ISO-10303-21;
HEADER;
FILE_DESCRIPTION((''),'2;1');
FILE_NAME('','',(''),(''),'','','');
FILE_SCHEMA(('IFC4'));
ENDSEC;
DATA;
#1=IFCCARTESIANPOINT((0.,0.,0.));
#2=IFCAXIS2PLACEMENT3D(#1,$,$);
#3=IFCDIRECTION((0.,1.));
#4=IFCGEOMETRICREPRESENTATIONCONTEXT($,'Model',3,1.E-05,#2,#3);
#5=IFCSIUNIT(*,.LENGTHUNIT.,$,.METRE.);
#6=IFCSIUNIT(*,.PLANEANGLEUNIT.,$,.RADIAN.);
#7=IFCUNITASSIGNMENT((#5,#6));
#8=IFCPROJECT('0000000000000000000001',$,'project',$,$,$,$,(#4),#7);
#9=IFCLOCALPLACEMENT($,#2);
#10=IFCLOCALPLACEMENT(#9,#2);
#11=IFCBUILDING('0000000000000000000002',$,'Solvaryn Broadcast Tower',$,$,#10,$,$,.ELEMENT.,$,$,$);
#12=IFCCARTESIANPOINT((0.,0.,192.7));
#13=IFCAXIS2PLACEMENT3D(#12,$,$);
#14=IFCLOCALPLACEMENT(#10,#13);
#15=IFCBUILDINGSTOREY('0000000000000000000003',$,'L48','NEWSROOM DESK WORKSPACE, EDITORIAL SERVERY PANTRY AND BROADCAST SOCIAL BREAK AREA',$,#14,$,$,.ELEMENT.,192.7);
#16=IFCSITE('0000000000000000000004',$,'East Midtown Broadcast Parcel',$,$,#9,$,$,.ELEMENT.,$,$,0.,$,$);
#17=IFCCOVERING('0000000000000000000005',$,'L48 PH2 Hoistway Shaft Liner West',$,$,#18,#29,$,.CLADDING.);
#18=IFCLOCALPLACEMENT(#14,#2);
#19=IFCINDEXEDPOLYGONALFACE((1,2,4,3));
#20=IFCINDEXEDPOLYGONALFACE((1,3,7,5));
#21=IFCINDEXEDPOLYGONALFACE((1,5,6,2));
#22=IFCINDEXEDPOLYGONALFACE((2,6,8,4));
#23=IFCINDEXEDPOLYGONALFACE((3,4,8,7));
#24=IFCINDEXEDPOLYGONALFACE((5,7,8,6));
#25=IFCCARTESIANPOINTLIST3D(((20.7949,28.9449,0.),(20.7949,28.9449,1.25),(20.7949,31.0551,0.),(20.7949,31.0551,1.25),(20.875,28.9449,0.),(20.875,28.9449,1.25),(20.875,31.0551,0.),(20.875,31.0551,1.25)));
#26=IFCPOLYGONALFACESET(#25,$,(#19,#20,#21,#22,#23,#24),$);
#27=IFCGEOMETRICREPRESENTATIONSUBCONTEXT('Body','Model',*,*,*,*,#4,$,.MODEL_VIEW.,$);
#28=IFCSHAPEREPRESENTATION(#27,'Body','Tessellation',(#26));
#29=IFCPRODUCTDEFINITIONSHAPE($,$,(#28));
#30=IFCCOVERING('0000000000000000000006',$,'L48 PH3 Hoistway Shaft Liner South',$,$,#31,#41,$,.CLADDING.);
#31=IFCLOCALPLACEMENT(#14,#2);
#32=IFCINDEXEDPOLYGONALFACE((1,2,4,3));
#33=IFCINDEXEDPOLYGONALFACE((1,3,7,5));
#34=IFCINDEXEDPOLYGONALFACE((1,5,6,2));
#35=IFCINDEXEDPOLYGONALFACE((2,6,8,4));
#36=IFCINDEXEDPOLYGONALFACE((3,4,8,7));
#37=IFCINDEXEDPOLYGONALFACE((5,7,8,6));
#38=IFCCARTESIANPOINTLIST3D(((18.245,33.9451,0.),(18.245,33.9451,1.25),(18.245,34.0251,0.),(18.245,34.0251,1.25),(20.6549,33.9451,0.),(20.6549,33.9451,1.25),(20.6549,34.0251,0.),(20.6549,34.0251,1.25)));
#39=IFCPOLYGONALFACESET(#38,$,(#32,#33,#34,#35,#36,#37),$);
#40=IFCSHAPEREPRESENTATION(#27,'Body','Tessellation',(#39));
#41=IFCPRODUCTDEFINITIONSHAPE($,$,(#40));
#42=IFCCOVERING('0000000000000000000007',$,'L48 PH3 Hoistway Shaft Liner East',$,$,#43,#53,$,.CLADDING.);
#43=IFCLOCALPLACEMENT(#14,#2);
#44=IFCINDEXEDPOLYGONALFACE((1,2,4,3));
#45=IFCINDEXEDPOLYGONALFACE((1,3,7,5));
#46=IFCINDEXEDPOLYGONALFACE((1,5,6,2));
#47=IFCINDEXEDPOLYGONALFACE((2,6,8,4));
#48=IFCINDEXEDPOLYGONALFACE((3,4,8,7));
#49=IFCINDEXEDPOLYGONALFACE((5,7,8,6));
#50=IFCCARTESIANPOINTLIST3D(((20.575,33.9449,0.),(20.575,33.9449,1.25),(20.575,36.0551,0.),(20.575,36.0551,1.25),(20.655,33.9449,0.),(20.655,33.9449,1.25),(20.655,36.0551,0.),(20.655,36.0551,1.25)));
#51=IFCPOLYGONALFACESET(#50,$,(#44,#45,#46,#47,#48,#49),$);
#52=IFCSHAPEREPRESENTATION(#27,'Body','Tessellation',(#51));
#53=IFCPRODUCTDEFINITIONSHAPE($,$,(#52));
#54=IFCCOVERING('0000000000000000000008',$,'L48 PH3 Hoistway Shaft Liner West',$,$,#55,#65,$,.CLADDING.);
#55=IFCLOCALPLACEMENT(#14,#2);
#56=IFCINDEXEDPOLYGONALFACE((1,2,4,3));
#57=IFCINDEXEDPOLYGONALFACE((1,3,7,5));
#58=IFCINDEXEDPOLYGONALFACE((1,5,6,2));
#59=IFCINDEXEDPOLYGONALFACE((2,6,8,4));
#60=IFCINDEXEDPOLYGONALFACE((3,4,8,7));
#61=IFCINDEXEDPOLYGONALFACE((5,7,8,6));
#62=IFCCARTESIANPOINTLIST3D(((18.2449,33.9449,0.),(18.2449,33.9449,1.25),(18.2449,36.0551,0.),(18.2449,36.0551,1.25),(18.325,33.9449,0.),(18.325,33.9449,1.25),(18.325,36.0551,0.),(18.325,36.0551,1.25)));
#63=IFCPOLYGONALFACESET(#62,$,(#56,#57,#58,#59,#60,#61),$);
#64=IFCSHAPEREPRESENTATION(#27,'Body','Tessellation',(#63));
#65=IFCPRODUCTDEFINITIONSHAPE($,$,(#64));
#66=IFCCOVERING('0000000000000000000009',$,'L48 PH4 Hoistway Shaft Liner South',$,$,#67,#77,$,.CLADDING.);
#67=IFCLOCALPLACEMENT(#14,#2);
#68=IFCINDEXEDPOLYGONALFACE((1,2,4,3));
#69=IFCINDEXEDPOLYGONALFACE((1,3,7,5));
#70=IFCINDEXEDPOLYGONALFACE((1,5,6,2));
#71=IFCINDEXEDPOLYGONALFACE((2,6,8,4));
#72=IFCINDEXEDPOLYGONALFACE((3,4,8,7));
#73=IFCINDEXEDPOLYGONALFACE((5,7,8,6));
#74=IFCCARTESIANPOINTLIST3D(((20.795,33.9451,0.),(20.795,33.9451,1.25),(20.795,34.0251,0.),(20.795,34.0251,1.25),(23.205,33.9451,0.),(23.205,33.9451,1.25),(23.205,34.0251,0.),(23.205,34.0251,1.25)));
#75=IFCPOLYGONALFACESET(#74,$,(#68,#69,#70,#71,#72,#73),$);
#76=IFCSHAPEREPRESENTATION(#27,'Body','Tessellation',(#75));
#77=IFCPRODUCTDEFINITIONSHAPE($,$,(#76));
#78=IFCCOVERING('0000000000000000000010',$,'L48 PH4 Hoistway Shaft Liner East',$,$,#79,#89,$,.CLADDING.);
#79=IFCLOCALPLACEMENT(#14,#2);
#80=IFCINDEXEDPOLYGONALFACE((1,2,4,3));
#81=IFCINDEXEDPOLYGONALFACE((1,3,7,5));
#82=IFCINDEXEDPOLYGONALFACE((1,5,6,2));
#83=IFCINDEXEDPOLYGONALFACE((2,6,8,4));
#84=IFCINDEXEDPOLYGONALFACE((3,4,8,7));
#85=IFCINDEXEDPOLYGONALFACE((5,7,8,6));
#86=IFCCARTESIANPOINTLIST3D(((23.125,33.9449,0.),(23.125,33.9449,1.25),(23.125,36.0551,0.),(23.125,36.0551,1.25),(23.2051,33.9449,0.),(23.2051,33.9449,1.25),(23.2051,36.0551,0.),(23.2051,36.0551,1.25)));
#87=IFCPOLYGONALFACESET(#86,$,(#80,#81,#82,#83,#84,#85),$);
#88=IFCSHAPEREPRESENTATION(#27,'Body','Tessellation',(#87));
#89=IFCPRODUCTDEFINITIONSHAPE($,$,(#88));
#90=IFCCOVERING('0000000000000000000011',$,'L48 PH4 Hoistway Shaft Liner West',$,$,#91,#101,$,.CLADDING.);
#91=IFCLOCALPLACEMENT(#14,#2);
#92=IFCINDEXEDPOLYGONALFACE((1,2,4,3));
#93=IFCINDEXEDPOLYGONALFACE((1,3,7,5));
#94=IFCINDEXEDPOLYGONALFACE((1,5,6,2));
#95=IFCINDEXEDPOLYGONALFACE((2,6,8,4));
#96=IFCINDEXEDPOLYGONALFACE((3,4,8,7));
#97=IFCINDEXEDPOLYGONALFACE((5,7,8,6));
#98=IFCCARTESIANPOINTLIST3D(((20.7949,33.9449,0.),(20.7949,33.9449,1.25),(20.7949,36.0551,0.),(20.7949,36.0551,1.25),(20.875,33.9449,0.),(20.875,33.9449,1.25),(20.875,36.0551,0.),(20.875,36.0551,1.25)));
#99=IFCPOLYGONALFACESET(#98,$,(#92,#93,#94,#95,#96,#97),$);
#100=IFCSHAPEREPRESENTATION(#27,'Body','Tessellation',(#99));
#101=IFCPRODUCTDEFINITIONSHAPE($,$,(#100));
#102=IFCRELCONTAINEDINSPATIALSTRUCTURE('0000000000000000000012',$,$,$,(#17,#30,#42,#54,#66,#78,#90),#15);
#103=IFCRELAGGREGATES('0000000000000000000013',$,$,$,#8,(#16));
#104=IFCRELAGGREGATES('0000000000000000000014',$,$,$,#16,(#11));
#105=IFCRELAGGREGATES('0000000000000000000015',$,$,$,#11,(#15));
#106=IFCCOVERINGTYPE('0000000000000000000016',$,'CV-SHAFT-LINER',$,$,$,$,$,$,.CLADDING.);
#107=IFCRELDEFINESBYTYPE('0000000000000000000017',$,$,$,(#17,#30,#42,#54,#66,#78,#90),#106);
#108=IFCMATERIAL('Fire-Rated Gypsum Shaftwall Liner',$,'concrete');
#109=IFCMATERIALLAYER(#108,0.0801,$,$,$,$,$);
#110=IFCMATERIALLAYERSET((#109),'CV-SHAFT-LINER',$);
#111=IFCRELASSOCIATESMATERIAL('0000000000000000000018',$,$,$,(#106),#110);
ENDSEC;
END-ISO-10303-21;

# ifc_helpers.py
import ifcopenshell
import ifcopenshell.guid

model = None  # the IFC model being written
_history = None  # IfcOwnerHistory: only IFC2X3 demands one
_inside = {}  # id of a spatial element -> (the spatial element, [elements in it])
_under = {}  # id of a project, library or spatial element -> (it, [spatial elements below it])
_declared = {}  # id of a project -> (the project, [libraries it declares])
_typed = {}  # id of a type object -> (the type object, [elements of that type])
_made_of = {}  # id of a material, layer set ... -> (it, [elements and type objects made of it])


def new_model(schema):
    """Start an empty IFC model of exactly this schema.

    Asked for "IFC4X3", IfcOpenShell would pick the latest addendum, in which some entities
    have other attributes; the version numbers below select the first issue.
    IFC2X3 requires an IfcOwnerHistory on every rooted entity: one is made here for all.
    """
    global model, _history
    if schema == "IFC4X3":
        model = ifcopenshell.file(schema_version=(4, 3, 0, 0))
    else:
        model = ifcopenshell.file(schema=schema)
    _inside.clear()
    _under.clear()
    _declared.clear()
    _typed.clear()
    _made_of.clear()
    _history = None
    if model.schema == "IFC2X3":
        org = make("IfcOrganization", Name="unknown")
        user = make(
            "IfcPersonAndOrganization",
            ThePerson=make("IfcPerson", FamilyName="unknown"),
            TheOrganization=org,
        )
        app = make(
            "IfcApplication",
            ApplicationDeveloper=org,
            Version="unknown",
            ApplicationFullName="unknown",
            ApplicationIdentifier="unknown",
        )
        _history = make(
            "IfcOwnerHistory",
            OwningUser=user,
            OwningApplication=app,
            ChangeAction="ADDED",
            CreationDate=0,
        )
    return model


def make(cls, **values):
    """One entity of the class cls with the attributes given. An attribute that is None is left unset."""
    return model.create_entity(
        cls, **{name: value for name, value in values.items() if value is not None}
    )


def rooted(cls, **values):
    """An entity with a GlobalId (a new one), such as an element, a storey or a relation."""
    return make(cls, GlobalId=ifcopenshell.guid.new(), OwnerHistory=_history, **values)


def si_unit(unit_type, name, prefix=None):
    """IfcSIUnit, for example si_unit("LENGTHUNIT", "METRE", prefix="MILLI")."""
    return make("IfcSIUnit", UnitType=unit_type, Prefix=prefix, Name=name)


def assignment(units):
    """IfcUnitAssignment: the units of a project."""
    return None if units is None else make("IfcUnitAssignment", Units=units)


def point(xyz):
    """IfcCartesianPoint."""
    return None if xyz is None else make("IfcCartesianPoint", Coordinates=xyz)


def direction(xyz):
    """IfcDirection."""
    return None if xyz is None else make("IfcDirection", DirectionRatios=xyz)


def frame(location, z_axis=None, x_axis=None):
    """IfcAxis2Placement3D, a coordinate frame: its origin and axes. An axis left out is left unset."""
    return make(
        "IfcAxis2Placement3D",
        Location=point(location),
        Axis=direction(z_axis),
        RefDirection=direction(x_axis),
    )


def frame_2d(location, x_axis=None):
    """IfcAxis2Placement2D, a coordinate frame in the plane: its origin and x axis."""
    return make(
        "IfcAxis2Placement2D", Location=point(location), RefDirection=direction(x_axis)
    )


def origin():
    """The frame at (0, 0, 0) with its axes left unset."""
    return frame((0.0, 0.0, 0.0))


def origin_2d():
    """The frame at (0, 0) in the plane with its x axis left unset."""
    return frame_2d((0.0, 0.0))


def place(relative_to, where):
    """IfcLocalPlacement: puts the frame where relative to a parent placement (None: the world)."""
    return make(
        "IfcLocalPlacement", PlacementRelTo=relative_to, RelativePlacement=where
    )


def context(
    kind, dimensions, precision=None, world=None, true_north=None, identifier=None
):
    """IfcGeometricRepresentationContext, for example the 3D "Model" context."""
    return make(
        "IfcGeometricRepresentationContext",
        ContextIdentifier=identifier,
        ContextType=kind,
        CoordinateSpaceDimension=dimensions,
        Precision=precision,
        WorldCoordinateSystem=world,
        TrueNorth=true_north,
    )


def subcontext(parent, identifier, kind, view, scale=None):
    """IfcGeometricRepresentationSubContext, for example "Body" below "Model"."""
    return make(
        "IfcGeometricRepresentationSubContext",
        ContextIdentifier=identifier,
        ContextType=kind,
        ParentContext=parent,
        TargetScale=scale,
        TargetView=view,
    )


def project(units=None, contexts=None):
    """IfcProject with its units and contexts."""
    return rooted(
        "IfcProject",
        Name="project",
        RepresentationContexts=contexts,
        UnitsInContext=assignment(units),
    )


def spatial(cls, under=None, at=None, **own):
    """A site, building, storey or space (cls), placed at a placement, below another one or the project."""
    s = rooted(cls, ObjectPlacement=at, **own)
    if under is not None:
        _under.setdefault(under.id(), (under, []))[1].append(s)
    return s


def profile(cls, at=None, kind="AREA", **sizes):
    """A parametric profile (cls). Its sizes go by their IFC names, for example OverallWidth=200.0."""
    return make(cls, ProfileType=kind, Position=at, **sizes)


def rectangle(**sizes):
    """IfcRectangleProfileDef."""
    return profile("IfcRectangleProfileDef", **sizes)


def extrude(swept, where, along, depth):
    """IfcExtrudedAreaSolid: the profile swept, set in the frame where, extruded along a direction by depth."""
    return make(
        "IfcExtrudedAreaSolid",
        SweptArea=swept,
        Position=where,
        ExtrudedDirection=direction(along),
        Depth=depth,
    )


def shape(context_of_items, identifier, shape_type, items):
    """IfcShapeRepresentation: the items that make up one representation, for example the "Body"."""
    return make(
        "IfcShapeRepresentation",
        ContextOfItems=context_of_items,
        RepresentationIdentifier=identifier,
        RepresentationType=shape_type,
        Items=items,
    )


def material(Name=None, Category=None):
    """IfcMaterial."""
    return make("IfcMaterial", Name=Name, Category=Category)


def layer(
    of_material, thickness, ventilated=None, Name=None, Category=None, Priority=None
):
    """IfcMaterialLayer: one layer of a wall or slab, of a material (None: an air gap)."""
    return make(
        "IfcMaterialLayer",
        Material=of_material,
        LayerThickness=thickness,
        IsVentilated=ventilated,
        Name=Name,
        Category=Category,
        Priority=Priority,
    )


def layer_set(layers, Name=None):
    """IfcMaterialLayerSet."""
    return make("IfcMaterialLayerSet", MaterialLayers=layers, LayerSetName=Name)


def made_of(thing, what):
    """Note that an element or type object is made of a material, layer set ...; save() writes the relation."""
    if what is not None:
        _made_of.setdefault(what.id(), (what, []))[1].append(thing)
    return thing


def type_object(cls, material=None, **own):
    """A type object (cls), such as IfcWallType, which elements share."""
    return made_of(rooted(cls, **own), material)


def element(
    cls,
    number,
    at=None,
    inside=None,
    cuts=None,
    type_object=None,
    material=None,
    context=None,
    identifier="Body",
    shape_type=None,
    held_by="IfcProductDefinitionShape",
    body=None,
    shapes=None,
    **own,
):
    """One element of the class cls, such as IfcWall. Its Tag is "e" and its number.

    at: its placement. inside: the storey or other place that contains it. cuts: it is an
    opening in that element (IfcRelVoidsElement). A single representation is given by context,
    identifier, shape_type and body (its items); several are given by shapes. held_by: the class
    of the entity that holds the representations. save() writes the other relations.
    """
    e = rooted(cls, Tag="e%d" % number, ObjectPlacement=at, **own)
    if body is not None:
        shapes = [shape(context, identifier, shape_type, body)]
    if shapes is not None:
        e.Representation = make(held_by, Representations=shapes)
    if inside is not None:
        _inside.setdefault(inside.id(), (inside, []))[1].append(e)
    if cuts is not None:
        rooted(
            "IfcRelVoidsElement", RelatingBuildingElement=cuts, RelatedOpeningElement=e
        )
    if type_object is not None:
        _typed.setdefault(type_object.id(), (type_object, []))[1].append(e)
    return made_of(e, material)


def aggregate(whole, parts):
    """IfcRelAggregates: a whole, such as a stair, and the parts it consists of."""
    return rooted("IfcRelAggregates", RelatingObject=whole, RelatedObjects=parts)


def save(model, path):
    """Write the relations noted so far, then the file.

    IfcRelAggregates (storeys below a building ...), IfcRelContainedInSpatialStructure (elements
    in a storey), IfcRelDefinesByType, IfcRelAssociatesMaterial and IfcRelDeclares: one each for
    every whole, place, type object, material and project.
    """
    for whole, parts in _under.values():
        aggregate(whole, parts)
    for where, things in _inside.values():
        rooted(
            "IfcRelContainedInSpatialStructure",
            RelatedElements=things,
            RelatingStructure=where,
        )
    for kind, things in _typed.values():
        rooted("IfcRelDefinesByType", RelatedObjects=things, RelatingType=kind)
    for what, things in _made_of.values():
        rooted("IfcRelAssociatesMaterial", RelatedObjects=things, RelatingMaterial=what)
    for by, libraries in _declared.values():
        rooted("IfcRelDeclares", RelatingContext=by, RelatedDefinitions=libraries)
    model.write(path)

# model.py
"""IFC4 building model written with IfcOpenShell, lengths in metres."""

from ifc_helpers import new_model, si_unit, direction, frame, origin, origin_2d, place, context, subcontext, project, spatial, rectangle, extrude, material, layer, layer_set, type_object, element, save


model = new_model("IFC4")

# Units and contexts
model_context = context("Model", 3, precision=1e-05, world=origin(), true_north=direction((0.0, 1.0)))
body_context = subcontext(model_context, "Body", "Model", "MODEL_VIEW")
ifc_project = project(units=[si_unit("LENGTHUNIT", "METRE"), si_unit("PLANEANGLEUNIT", "RADIAN")], contexts=[model_context])

# Site, building, storey
site_placement = place(None, origin())
site = spatial("IfcSite", under=ifc_project, at=site_placement, Name="East Midtown Broadcast Parcel", CompositionType="ELEMENT", RefElevation=0.0)
building_placement = place(site_placement, origin())
building = spatial("IfcBuilding", under=site, at=building_placement, Name="Solvaryn Broadcast Tower", CompositionType="ELEMENT")
storey_placement = place(building_placement, frame((0.0, 0.0, 192.7)))
storey = spatial("IfcBuildingStorey", under=building, at=storey_placement, Name="L48", Description="NEWSROOM DESK WORKSPACE, EDITORIAL SERVERY PANTRY AND BROADCAST SOCIAL BREAK AREA", CompositionType="ELEMENT", Elevation=192.7)

# Coverings
ifc_material_1 = material(Name="Fire-Rated Gypsum Shaftwall Liner", Category="concrete")
ifc_layer_1 = layer(ifc_material_1, 0.0801)
ifc_layer_set_1 = layer_set([ifc_layer_1], Name="CV-SHAFT-LINER")
covering_type = type_object("IfcCoveringType", Name="CV-SHAFT-LINER", PredefinedType="CLADDING", material=ifc_layer_set_1)
for number, where, z_axis, x_axis, name in (
    (1, (20.835, 30.0, 0.0), (0.0, 0.0, 1.0), (1.0, 0.0, 0.0), "L48 PH2 Hoistway Shaft Liner West"),
):
    element("IfcCovering", number, at=place(storey_placement, frame(where, z_axis=z_axis, x_axis=x_axis)), inside=storey, type_object=covering_type, Name=name, PredefinedType="CLADDING", context=body_context, shape_type="SweptSolid", body=[
        extrude(rectangle(XDim=0.0801, YDim=2.1101, at=origin_2d()), origin(), (0.0, 0.0, 1.0), 1.25),
    ])
covering_1_placement = place(storey_placement, frame((19.45, 33.9851, 0.0), z_axis=(0.0, 0.0, 1.0), x_axis=(1.0, 0.0, 0.0)))
element("IfcCovering", 2, at=covering_1_placement, inside=storey, type_object=covering_type, Name="L48 PH3 Hoistway Shaft Liner South", PredefinedType="CLADDING", context=body_context, shape_type="SweptSolid", body=[
    extrude(rectangle(XDim=2.4099, YDim=0.0801, at=origin_2d()), origin(), (0.0, 0.0, 1.0), 1.25),
])
for number, where, z_axis, x_axis, name in (
    (3, (20.615, 35.0, 0.0), (0.0, 0.0, 1.0), (1.0, 0.0, 0.0), "L48 PH3 Hoistway Shaft Liner East"),
    (4, (18.2849, 35.0, 0.0), (0.0, 0.0, 1.0), (1.0, 0.0, 0.0), "L48 PH3 Hoistway Shaft Liner West"),
):
    element("IfcCovering", number, at=place(storey_placement, frame(where, z_axis=z_axis, x_axis=x_axis)), inside=storey, type_object=covering_type, Name=name, PredefinedType="CLADDING", context=body_context, shape_type="SweptSolid", body=[
        extrude(rectangle(XDim=0.0801, YDim=2.1101, at=origin_2d()), origin(), (0.0, 0.0, 1.0), 1.25),
    ])
covering_2_placement = place(storey_placement, frame((22.0, 33.9851, 0.0), z_axis=(0.0, 0.0, 1.0), x_axis=(1.0, 0.0, 0.0)))
element("IfcCovering", 5, at=covering_2_placement, inside=storey, type_object=covering_type, Name="L48 PH4 Hoistway Shaft Liner South", PredefinedType="CLADDING", context=body_context, shape_type="SweptSolid", body=[
    extrude(rectangle(XDim=2.4099, YDim=0.0801, at=origin_2d()), origin(), (0.0, 0.0, 1.0), 1.25),
])
for number, where, z_axis, x_axis, name in (
    (6, (23.165, 35.0, 0.0), (0.0, 0.0, 1.0), (1.0, 0.0, 0.0), "L48 PH4 Hoistway Shaft Liner East"),
    (7, (20.835, 35.0, 0.0), (0.0, 0.0, 1.0), (1.0, 0.0, 0.0), "L48 PH4 Hoistway Shaft Liner West"),
):
    element("IfcCovering", number, at=place(storey_placement, frame(where, z_axis=z_axis, x_axis=x_axis)), inside=storey, type_object=covering_type, Name=name, PredefinedType="CLADDING", context=body_context, shape_type="SweptSolid", body=[
        extrude(rectangle(XDim=0.0801, YDim=2.1101, at=origin_2d()), origin(), (0.0, 0.0, 1.0), 1.25),
    ])

save(model, "model.ifc")
